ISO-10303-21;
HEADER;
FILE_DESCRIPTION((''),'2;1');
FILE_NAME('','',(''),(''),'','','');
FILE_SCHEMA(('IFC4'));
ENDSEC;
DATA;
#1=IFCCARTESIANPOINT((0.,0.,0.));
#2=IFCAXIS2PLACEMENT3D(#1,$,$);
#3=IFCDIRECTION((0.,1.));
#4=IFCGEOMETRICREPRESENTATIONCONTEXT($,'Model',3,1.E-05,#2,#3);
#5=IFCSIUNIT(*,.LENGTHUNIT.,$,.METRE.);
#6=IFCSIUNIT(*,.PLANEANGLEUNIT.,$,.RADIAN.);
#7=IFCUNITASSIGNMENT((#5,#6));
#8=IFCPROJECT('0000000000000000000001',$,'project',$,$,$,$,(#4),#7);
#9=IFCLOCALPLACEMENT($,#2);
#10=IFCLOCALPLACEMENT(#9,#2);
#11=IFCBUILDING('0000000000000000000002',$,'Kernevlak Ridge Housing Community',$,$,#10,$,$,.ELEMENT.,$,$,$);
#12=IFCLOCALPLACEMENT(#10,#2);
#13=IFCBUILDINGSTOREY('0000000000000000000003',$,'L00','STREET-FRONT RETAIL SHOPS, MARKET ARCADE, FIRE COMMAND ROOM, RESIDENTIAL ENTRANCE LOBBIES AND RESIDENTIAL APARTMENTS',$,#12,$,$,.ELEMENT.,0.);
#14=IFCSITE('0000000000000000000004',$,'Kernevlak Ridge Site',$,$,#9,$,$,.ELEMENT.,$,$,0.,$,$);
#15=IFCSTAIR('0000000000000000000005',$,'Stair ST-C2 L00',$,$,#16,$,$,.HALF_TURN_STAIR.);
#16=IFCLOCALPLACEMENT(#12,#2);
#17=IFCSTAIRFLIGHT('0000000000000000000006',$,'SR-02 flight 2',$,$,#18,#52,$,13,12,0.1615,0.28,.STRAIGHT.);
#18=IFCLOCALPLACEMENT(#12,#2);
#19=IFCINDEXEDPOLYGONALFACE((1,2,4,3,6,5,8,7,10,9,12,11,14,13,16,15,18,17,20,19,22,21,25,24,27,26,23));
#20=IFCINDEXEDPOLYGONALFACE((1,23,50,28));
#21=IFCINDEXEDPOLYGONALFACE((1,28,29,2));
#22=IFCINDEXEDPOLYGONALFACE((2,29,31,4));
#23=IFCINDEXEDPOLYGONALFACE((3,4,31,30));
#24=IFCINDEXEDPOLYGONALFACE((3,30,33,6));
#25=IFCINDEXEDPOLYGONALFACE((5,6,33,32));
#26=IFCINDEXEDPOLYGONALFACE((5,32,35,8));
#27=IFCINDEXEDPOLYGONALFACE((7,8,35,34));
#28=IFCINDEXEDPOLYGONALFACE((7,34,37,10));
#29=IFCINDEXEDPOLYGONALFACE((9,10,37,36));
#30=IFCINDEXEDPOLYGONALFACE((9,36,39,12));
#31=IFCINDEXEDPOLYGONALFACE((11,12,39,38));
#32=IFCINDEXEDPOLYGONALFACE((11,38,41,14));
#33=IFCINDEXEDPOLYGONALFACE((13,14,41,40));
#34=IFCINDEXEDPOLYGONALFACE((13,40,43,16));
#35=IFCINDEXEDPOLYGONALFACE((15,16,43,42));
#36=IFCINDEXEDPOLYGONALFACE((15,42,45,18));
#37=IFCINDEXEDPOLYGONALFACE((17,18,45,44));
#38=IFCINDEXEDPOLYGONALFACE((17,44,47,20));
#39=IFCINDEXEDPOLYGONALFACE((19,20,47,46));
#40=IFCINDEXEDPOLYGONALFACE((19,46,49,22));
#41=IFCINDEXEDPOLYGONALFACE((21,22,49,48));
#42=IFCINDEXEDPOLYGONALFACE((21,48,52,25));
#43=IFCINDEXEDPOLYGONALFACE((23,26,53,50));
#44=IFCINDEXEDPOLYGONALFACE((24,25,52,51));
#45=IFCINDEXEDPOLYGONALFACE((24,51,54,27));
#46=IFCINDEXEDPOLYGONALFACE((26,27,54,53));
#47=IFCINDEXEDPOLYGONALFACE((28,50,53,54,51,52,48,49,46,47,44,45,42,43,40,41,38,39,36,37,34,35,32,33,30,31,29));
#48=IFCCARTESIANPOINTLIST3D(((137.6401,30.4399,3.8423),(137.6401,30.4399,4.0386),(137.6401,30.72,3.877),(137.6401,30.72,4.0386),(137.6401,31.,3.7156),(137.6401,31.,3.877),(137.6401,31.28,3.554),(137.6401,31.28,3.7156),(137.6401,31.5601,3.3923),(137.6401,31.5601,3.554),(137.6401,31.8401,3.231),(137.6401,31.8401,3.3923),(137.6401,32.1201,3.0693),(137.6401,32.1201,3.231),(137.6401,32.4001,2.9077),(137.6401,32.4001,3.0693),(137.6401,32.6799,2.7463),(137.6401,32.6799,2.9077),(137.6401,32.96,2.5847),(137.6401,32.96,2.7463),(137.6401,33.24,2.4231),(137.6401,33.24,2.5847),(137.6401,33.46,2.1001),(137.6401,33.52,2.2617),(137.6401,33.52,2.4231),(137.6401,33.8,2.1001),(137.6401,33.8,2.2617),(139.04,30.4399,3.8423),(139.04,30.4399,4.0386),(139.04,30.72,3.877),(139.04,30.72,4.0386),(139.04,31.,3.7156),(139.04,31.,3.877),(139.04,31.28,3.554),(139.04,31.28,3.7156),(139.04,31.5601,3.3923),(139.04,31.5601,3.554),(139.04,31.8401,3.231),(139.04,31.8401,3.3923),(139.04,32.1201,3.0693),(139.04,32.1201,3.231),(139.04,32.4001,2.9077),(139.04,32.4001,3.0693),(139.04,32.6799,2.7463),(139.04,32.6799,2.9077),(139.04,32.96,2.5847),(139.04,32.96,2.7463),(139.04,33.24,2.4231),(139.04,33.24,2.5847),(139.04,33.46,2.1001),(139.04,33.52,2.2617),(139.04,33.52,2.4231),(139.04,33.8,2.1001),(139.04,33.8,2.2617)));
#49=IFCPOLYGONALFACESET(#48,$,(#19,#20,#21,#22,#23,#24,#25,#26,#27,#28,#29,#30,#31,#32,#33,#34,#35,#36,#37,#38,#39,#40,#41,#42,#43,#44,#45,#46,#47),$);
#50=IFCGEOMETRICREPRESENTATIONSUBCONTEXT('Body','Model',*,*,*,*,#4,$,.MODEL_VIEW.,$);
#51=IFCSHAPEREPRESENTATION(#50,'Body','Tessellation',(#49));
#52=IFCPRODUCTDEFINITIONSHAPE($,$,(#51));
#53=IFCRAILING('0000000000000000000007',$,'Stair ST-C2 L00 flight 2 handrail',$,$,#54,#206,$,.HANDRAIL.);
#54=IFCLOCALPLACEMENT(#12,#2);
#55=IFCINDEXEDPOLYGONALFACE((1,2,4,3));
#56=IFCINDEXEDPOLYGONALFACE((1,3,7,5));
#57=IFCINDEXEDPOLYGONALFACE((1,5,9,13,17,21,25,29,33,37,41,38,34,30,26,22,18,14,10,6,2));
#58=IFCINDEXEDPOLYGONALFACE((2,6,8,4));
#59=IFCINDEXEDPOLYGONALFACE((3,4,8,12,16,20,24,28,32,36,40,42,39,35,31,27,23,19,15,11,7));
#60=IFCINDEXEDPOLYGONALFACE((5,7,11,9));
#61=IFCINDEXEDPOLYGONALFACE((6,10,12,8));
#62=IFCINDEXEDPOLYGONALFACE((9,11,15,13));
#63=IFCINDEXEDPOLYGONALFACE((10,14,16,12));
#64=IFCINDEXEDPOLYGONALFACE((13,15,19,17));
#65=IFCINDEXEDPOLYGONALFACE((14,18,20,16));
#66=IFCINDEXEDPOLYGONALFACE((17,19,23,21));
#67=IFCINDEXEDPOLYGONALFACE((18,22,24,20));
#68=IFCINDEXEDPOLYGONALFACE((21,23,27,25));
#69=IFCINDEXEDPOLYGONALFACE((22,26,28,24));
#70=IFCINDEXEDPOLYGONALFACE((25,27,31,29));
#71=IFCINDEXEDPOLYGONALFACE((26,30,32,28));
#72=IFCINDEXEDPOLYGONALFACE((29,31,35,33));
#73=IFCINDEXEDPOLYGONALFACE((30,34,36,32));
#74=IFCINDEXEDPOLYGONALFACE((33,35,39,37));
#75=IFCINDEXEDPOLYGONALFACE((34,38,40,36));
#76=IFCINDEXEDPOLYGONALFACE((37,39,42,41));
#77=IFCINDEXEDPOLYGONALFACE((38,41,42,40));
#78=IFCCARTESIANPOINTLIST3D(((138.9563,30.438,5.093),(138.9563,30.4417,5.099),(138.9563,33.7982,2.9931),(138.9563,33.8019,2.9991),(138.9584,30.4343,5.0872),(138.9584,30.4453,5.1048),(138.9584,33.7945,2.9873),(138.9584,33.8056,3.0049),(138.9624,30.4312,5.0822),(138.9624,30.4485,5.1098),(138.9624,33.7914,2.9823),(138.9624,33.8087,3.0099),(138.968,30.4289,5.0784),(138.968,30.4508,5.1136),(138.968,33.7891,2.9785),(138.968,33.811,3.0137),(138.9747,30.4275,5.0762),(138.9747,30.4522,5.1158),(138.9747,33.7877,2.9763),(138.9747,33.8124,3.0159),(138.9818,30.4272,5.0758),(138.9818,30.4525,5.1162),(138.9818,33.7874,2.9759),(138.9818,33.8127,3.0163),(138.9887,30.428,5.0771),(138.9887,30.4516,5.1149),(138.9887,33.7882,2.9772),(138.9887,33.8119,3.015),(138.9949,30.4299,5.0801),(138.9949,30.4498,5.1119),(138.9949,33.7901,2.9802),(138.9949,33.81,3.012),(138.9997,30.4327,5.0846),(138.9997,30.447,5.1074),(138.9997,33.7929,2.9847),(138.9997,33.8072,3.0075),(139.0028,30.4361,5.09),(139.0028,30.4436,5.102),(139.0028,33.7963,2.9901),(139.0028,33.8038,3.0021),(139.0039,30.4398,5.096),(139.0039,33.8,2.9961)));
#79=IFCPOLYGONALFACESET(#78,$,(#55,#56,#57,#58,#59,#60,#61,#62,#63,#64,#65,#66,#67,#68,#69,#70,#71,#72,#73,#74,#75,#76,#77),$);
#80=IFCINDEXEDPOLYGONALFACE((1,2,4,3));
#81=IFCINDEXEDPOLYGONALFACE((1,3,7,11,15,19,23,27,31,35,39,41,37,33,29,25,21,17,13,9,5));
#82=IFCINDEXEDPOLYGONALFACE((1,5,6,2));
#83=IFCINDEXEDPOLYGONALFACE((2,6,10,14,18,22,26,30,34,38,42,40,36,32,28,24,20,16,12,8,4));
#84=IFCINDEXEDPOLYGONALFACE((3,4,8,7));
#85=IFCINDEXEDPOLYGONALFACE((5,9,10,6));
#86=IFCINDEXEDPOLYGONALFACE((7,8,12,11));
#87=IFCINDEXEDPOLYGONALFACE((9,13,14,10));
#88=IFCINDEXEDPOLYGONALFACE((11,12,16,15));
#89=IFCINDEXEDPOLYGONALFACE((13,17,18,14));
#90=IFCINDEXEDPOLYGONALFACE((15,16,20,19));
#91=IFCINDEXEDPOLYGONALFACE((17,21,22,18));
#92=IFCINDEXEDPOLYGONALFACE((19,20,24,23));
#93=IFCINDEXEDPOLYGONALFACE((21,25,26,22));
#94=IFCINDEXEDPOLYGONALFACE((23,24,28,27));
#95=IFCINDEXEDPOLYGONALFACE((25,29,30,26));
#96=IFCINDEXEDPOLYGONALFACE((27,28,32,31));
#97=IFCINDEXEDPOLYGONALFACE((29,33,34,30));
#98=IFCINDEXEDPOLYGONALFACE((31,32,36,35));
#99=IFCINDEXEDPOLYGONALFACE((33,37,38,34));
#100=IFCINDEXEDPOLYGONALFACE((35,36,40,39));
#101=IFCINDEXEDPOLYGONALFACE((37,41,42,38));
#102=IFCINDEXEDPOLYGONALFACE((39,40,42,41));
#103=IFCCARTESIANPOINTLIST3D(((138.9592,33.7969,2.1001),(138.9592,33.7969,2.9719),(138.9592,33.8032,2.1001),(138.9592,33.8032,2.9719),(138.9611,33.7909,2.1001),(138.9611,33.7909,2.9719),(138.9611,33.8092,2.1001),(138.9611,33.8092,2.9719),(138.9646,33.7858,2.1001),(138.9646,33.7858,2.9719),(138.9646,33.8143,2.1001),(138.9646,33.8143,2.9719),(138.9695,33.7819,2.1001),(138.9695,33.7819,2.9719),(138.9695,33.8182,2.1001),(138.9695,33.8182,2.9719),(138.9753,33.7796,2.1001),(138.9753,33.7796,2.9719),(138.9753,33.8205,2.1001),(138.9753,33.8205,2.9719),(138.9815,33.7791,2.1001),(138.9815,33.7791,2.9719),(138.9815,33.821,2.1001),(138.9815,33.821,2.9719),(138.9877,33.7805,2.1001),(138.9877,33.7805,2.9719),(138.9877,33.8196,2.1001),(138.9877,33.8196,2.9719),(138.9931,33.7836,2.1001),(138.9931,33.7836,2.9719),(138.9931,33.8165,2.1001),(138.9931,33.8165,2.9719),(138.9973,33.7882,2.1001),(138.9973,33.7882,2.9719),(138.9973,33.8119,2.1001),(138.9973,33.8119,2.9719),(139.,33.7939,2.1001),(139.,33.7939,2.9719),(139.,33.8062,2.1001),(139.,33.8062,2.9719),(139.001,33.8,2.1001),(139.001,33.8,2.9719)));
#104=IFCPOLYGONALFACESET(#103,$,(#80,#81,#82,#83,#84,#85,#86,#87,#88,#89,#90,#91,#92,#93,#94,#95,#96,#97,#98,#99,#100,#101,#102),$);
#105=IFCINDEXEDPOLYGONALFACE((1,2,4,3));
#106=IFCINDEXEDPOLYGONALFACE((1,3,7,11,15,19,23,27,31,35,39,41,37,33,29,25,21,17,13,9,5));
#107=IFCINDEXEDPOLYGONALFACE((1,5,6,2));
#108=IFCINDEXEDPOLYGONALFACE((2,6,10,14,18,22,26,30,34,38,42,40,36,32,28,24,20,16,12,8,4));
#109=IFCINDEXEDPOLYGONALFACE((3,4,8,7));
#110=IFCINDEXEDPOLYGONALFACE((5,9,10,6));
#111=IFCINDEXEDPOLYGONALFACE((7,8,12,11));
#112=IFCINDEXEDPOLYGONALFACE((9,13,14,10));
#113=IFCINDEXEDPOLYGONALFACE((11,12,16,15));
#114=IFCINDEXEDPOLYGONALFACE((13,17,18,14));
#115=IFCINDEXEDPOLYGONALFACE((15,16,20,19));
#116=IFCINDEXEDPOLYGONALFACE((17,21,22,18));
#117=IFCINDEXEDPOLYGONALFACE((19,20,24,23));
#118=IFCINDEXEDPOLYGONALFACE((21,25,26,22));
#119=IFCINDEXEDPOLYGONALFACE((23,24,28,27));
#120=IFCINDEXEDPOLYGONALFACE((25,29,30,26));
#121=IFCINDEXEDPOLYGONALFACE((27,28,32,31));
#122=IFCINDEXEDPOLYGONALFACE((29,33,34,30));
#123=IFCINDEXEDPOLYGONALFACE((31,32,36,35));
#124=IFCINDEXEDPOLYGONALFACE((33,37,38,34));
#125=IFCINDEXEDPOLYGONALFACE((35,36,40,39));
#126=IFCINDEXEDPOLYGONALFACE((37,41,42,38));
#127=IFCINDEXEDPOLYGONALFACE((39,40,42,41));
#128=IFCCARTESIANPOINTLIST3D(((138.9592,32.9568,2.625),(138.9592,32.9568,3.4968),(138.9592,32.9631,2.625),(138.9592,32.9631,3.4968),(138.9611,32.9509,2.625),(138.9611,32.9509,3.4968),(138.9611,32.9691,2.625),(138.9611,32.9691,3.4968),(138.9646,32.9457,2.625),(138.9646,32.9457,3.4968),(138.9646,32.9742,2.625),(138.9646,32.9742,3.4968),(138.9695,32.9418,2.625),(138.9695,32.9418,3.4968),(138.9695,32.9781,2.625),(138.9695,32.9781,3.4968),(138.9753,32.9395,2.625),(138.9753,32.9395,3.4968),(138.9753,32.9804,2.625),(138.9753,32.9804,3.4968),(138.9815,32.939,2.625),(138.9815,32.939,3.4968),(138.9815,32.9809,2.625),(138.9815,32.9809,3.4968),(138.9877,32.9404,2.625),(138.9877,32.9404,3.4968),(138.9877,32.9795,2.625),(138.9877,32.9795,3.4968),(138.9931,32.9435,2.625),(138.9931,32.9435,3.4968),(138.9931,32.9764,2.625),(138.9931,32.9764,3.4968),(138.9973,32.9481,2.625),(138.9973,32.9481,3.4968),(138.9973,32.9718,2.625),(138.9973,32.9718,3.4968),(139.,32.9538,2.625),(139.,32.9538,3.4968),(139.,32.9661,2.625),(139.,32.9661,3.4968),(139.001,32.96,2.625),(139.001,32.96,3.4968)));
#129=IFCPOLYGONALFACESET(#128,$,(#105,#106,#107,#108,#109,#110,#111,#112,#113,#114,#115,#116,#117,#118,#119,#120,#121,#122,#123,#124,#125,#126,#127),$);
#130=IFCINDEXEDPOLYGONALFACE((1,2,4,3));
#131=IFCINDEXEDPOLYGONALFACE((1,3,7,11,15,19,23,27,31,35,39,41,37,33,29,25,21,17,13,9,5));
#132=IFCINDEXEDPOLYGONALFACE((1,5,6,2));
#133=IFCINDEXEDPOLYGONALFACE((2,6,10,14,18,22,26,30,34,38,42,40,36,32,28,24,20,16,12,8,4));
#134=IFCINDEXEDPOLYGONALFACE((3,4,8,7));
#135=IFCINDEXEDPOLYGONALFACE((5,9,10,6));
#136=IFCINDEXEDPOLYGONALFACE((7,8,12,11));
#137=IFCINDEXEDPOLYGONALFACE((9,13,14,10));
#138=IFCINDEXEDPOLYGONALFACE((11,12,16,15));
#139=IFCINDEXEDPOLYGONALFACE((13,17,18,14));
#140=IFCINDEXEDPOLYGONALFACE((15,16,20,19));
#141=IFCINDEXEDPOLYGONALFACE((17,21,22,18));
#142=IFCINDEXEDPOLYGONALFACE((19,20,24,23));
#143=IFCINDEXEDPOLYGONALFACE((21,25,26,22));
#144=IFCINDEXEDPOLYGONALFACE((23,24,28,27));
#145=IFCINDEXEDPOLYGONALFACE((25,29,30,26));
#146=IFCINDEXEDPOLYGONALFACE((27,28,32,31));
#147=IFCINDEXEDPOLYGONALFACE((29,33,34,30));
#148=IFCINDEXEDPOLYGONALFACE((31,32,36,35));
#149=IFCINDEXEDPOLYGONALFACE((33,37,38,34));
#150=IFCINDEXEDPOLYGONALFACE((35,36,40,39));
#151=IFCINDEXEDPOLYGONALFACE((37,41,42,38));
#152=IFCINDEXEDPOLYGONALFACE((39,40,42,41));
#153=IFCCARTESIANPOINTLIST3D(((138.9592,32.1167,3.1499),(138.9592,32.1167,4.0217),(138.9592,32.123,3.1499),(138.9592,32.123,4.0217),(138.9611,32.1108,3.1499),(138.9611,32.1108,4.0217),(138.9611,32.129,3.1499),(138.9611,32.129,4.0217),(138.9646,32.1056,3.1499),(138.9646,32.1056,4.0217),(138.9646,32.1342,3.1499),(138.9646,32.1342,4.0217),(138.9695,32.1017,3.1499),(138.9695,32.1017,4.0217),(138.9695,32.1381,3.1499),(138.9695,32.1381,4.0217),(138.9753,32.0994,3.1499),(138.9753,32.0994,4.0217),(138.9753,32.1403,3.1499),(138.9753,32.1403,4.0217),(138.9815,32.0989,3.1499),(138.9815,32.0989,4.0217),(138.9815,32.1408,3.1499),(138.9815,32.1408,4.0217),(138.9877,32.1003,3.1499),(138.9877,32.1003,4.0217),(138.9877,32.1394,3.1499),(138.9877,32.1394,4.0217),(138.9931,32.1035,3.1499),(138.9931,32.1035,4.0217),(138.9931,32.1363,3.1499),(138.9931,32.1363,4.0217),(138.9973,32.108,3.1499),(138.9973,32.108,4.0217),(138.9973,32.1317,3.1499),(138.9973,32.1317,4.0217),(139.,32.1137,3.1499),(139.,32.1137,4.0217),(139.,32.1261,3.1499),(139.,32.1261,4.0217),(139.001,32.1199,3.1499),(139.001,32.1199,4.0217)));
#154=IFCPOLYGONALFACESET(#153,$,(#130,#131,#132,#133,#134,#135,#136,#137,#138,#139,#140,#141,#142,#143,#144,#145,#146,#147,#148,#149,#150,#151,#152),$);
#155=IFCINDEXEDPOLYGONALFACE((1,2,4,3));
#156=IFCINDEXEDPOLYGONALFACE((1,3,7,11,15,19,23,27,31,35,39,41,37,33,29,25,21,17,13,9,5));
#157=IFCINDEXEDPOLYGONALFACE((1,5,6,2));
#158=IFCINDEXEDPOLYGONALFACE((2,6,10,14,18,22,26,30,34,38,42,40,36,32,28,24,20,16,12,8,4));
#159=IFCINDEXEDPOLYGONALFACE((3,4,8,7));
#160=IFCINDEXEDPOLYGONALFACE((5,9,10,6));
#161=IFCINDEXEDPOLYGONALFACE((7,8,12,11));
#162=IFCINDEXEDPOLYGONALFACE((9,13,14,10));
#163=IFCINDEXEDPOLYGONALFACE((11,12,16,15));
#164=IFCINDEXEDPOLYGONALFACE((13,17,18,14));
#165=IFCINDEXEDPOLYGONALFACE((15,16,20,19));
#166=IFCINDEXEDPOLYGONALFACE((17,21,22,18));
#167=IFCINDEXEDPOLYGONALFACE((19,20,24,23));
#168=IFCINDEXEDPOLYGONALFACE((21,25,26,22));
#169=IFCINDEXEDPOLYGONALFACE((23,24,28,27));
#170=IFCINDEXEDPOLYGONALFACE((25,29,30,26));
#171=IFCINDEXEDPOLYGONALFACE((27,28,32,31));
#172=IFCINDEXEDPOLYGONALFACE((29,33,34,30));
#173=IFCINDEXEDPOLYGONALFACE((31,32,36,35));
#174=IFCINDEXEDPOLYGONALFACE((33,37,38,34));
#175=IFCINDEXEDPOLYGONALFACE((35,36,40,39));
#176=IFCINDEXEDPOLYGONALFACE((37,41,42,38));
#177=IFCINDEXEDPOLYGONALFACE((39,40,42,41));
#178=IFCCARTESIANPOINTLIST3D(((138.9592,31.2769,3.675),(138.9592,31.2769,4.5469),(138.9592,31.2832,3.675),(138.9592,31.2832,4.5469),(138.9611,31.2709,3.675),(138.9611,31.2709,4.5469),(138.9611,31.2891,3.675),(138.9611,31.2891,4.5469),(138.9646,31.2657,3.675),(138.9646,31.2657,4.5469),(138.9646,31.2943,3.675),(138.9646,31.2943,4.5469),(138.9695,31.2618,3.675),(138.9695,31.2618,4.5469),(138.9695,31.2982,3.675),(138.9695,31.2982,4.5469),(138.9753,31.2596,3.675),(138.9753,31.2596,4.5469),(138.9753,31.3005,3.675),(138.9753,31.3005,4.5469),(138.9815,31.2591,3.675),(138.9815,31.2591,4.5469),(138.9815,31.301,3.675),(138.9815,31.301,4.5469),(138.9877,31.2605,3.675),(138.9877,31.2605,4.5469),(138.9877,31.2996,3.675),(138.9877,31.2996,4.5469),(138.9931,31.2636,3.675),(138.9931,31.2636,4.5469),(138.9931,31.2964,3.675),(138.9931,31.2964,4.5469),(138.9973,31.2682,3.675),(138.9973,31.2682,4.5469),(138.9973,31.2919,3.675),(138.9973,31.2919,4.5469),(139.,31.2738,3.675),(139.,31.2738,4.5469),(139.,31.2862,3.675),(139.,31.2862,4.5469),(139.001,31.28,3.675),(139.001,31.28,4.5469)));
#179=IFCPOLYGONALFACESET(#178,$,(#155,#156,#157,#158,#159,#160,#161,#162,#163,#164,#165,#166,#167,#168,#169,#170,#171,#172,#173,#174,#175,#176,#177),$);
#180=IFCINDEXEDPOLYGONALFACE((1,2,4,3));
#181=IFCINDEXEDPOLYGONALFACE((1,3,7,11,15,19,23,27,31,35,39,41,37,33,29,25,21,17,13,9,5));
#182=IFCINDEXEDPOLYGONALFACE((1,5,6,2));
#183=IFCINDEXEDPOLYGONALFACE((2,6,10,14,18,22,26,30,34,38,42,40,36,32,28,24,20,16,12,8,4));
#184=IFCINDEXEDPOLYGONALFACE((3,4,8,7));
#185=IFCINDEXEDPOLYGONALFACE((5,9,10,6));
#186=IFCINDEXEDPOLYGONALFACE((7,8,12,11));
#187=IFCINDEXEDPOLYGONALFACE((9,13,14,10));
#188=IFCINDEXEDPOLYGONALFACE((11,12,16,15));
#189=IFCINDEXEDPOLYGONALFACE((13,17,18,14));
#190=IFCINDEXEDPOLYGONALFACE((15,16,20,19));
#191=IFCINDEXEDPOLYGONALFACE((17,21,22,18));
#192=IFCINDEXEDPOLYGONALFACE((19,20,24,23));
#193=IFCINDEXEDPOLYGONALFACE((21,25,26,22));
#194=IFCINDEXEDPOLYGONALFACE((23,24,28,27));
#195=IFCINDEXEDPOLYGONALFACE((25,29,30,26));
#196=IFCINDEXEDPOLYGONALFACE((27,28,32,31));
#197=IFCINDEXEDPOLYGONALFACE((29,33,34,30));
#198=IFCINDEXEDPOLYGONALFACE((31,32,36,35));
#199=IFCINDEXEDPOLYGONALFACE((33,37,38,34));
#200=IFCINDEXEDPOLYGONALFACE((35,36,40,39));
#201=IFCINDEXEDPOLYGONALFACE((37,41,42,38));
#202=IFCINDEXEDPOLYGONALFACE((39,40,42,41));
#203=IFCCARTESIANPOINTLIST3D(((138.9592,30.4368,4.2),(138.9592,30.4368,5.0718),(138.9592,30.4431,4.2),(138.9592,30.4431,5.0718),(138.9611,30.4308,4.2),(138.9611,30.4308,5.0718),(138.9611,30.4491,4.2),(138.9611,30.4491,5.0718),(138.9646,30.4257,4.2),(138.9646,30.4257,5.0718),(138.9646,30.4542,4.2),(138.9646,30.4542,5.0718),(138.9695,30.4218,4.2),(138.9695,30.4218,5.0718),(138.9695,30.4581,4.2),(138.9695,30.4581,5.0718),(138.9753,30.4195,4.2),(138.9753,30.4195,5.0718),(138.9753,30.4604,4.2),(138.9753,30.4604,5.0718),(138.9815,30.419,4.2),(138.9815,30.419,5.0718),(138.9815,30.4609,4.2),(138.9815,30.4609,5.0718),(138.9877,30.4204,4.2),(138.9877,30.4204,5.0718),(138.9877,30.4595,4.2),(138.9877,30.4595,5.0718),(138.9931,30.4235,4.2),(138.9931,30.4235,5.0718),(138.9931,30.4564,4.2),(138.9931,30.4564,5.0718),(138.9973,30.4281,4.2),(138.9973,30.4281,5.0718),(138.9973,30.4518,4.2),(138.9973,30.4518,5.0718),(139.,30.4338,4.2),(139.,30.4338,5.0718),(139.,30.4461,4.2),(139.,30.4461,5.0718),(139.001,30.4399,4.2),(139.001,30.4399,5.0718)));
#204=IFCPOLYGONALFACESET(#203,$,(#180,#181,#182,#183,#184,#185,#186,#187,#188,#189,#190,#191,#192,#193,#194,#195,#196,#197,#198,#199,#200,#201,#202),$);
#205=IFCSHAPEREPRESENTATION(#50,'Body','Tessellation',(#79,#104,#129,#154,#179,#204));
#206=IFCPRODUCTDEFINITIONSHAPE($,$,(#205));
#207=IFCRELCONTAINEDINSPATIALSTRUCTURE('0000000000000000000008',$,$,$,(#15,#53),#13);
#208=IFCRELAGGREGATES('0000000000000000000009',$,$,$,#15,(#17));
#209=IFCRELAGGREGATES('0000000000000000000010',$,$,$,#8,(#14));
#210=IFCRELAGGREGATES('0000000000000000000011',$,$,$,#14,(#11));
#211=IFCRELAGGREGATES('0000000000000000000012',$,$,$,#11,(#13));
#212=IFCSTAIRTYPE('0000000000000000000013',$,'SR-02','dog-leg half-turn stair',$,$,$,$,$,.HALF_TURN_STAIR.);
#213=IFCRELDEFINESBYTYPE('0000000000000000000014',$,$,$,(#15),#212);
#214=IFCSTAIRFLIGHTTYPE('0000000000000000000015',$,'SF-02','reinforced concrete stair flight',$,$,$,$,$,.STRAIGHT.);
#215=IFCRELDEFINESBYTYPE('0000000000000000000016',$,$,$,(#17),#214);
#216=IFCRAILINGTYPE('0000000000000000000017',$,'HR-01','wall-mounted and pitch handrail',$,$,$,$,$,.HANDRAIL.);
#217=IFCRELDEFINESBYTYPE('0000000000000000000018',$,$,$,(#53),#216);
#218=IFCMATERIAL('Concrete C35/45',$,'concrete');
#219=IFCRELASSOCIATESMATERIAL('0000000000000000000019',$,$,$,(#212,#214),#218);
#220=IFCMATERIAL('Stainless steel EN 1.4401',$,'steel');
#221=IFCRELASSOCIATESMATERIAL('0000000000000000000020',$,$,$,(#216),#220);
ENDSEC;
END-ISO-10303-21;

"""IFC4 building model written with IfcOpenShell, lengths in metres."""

from ifc_helpers import new_model, si_unit, direction, frame, origin, origin_2d, place, context, subcontext, project, spatial, polyline, circle, outline, extrude, material, type_object, element, aggregate, save


model = new_model("IFC4")

# Units and contexts
model_context = context("Model", 3, precision=1e-05, world=origin(), true_north=direction((0.0, 1.0)))
body_context = subcontext(model_context, "Body", "Model", "MODEL_VIEW")
ifc_project = project(units=[si_unit("LENGTHUNIT", "METRE"), si_unit("PLANEANGLEUNIT", "RADIAN")], contexts=[model_context])

# Site, building, storey
site_placement = place(None, origin())
site = spatial("IfcSite", under=ifc_project, at=site_placement, Name="Kernevlak Ridge Site", CompositionType="ELEMENT", RefElevation=0.0)
building_placement = place(site_placement, origin())
building = spatial("IfcBuilding", under=site, at=building_placement, Name="Kernevlak Ridge Housing Community", CompositionType="ELEMENT")
storey_placement = place(building_placement, origin())
storey = spatial("IfcBuildingStorey", under=building, at=storey_placement, Name="L00", Description="STREET-FRONT RETAIL SHOPS, MARKET ARCADE, FIRE COMMAND ROOM, RESIDENTIAL ENTRANCE LOBBIES AND RESIDENTIAL APARTMENTS", CompositionType="ELEMENT", Elevation=0.0)

# Shared definitions
ifc_material_1 = material(Name="Concrete C35/45", Category="concrete")

# Stair, stair flight
stair_type = type_object("IfcStairType", Name="SR-02", Description="dog-leg half-turn stair", PredefinedType="HALF_TURN_STAIR", material=ifc_material_1)
stair_placement = place(storey_placement, origin())
stair = element("IfcStair", 1, at=stair_placement, inside=storey, type_object=stair_type, Name="Stair ST-C2 L00", PredefinedType="HALF_TURN_STAIR")
stair_flight_type = type_object("IfcStairFlightType", Name="SF-02", Description="reinforced concrete stair flight", PredefinedType="STRAIGHT", material=ifc_material_1)
stair_flight_placement = place(storey_placement, frame((138.3401, 33.8, 2.1001), z_axis=(0.0, 0.0, 1.0), x_axis=(0.0, -1.0, 0.0)))
stair_flight = element("IfcStairFlight", 2, at=stair_flight_placement, type_object=stair_flight_type, Name="SR-02 flight 2", NumberOfRisers=13, NumberOfTreads=12, PredefinedType="STRAIGHT", RiserHeight=0.1615, TreadLength=0.28, context=body_context, shape_type="SweptSolid", body=[
    extrude(outline(polyline([(0.0, 0.0), (0.0, 0.1616), (0.28, 0.1616), (0.28, 0.323), (0.5601, 0.323), (0.5601, 0.4846), (0.8401, 0.4846), (0.8401, 0.6462), (1.1201, 0.6462), (1.1201, 0.8076), (1.3999, 0.8076), (1.3999, 0.9692), (1.6799, 0.9692), (1.6799, 1.1309), (1.96, 1.1309), (1.96, 1.2922), (2.24, 1.2922), (2.24, 1.4539), (2.52, 1.4539), (2.52, 1.6155), (2.8, 1.6155), (2.8, 1.7769), (3.0801, 1.7769), (3.0801, 1.9385), (3.3601, 1.9385), (3.3601, 2.1001), (3.3601, 1.7422), (0.3401, 0.0), (0.0, 0.0)])), frame((0.0, 0.7, 0.0), z_axis=(0.0, -1.0, 0.0), x_axis=(1.0, 0.0, 0.0)), (0.0, 0.0, 1.0), 1.3999),
])
aggregate(stair, [stair_flight])

# Railing
ifc_material_2 = material(Name="Stainless steel EN 1.4401", Category="steel")
railing_type = type_object("IfcRailingType", Name="HR-01", Description="wall-mounted and pitch handrail", PredefinedType="HANDRAIL", material=ifc_material_2)
railing_placement = place(storey_placement, frame((138.98, 33.8, 2.1001)))
element("IfcRailing", 3, at=railing_placement, inside=storey, type_object=railing_type, Name="Stair ST-C2 L00 flight 2 handrail", PredefinedType="HANDRAIL", context=body_context, shape_type="SweptSolid", body=[
    extrude(circle(Radius=0.0239, at=origin_2d()), frame((0.0, 0.0, 0.896), z_axis=(0.0, -0.848023, 0.52996), x_axis=(1.0, 0.0, 0.0)), (0.0, 0.0, 1.0), 3.9624),
    extrude(circle(Radius=0.021, at=origin_2d()), origin(), (0.0, 0.0, 1.0), 0.8718),
    extrude(circle(Radius=0.021, at=origin_2d()), frame((0.0, -0.8401, 0.5249)), (0.0, 0.0, 1.0), 0.8718),
    extrude(circle(Radius=0.021, at=origin_2d()), frame((0.0, -1.6802, 1.0498)), (0.0, 0.0, 1.0), 0.8718),
    extrude(circle(Radius=0.021, at=origin_2d()), frame((0.0, -2.52, 1.575)), (0.0, 0.0, 1.0), 0.8718),
    extrude(circle(Radius=0.021, at=origin_2d()), frame((0.0, -3.3601, 2.0999)), (0.0, 0.0, 1.0), 0.8718),
])

save(model, "model.ifc")
